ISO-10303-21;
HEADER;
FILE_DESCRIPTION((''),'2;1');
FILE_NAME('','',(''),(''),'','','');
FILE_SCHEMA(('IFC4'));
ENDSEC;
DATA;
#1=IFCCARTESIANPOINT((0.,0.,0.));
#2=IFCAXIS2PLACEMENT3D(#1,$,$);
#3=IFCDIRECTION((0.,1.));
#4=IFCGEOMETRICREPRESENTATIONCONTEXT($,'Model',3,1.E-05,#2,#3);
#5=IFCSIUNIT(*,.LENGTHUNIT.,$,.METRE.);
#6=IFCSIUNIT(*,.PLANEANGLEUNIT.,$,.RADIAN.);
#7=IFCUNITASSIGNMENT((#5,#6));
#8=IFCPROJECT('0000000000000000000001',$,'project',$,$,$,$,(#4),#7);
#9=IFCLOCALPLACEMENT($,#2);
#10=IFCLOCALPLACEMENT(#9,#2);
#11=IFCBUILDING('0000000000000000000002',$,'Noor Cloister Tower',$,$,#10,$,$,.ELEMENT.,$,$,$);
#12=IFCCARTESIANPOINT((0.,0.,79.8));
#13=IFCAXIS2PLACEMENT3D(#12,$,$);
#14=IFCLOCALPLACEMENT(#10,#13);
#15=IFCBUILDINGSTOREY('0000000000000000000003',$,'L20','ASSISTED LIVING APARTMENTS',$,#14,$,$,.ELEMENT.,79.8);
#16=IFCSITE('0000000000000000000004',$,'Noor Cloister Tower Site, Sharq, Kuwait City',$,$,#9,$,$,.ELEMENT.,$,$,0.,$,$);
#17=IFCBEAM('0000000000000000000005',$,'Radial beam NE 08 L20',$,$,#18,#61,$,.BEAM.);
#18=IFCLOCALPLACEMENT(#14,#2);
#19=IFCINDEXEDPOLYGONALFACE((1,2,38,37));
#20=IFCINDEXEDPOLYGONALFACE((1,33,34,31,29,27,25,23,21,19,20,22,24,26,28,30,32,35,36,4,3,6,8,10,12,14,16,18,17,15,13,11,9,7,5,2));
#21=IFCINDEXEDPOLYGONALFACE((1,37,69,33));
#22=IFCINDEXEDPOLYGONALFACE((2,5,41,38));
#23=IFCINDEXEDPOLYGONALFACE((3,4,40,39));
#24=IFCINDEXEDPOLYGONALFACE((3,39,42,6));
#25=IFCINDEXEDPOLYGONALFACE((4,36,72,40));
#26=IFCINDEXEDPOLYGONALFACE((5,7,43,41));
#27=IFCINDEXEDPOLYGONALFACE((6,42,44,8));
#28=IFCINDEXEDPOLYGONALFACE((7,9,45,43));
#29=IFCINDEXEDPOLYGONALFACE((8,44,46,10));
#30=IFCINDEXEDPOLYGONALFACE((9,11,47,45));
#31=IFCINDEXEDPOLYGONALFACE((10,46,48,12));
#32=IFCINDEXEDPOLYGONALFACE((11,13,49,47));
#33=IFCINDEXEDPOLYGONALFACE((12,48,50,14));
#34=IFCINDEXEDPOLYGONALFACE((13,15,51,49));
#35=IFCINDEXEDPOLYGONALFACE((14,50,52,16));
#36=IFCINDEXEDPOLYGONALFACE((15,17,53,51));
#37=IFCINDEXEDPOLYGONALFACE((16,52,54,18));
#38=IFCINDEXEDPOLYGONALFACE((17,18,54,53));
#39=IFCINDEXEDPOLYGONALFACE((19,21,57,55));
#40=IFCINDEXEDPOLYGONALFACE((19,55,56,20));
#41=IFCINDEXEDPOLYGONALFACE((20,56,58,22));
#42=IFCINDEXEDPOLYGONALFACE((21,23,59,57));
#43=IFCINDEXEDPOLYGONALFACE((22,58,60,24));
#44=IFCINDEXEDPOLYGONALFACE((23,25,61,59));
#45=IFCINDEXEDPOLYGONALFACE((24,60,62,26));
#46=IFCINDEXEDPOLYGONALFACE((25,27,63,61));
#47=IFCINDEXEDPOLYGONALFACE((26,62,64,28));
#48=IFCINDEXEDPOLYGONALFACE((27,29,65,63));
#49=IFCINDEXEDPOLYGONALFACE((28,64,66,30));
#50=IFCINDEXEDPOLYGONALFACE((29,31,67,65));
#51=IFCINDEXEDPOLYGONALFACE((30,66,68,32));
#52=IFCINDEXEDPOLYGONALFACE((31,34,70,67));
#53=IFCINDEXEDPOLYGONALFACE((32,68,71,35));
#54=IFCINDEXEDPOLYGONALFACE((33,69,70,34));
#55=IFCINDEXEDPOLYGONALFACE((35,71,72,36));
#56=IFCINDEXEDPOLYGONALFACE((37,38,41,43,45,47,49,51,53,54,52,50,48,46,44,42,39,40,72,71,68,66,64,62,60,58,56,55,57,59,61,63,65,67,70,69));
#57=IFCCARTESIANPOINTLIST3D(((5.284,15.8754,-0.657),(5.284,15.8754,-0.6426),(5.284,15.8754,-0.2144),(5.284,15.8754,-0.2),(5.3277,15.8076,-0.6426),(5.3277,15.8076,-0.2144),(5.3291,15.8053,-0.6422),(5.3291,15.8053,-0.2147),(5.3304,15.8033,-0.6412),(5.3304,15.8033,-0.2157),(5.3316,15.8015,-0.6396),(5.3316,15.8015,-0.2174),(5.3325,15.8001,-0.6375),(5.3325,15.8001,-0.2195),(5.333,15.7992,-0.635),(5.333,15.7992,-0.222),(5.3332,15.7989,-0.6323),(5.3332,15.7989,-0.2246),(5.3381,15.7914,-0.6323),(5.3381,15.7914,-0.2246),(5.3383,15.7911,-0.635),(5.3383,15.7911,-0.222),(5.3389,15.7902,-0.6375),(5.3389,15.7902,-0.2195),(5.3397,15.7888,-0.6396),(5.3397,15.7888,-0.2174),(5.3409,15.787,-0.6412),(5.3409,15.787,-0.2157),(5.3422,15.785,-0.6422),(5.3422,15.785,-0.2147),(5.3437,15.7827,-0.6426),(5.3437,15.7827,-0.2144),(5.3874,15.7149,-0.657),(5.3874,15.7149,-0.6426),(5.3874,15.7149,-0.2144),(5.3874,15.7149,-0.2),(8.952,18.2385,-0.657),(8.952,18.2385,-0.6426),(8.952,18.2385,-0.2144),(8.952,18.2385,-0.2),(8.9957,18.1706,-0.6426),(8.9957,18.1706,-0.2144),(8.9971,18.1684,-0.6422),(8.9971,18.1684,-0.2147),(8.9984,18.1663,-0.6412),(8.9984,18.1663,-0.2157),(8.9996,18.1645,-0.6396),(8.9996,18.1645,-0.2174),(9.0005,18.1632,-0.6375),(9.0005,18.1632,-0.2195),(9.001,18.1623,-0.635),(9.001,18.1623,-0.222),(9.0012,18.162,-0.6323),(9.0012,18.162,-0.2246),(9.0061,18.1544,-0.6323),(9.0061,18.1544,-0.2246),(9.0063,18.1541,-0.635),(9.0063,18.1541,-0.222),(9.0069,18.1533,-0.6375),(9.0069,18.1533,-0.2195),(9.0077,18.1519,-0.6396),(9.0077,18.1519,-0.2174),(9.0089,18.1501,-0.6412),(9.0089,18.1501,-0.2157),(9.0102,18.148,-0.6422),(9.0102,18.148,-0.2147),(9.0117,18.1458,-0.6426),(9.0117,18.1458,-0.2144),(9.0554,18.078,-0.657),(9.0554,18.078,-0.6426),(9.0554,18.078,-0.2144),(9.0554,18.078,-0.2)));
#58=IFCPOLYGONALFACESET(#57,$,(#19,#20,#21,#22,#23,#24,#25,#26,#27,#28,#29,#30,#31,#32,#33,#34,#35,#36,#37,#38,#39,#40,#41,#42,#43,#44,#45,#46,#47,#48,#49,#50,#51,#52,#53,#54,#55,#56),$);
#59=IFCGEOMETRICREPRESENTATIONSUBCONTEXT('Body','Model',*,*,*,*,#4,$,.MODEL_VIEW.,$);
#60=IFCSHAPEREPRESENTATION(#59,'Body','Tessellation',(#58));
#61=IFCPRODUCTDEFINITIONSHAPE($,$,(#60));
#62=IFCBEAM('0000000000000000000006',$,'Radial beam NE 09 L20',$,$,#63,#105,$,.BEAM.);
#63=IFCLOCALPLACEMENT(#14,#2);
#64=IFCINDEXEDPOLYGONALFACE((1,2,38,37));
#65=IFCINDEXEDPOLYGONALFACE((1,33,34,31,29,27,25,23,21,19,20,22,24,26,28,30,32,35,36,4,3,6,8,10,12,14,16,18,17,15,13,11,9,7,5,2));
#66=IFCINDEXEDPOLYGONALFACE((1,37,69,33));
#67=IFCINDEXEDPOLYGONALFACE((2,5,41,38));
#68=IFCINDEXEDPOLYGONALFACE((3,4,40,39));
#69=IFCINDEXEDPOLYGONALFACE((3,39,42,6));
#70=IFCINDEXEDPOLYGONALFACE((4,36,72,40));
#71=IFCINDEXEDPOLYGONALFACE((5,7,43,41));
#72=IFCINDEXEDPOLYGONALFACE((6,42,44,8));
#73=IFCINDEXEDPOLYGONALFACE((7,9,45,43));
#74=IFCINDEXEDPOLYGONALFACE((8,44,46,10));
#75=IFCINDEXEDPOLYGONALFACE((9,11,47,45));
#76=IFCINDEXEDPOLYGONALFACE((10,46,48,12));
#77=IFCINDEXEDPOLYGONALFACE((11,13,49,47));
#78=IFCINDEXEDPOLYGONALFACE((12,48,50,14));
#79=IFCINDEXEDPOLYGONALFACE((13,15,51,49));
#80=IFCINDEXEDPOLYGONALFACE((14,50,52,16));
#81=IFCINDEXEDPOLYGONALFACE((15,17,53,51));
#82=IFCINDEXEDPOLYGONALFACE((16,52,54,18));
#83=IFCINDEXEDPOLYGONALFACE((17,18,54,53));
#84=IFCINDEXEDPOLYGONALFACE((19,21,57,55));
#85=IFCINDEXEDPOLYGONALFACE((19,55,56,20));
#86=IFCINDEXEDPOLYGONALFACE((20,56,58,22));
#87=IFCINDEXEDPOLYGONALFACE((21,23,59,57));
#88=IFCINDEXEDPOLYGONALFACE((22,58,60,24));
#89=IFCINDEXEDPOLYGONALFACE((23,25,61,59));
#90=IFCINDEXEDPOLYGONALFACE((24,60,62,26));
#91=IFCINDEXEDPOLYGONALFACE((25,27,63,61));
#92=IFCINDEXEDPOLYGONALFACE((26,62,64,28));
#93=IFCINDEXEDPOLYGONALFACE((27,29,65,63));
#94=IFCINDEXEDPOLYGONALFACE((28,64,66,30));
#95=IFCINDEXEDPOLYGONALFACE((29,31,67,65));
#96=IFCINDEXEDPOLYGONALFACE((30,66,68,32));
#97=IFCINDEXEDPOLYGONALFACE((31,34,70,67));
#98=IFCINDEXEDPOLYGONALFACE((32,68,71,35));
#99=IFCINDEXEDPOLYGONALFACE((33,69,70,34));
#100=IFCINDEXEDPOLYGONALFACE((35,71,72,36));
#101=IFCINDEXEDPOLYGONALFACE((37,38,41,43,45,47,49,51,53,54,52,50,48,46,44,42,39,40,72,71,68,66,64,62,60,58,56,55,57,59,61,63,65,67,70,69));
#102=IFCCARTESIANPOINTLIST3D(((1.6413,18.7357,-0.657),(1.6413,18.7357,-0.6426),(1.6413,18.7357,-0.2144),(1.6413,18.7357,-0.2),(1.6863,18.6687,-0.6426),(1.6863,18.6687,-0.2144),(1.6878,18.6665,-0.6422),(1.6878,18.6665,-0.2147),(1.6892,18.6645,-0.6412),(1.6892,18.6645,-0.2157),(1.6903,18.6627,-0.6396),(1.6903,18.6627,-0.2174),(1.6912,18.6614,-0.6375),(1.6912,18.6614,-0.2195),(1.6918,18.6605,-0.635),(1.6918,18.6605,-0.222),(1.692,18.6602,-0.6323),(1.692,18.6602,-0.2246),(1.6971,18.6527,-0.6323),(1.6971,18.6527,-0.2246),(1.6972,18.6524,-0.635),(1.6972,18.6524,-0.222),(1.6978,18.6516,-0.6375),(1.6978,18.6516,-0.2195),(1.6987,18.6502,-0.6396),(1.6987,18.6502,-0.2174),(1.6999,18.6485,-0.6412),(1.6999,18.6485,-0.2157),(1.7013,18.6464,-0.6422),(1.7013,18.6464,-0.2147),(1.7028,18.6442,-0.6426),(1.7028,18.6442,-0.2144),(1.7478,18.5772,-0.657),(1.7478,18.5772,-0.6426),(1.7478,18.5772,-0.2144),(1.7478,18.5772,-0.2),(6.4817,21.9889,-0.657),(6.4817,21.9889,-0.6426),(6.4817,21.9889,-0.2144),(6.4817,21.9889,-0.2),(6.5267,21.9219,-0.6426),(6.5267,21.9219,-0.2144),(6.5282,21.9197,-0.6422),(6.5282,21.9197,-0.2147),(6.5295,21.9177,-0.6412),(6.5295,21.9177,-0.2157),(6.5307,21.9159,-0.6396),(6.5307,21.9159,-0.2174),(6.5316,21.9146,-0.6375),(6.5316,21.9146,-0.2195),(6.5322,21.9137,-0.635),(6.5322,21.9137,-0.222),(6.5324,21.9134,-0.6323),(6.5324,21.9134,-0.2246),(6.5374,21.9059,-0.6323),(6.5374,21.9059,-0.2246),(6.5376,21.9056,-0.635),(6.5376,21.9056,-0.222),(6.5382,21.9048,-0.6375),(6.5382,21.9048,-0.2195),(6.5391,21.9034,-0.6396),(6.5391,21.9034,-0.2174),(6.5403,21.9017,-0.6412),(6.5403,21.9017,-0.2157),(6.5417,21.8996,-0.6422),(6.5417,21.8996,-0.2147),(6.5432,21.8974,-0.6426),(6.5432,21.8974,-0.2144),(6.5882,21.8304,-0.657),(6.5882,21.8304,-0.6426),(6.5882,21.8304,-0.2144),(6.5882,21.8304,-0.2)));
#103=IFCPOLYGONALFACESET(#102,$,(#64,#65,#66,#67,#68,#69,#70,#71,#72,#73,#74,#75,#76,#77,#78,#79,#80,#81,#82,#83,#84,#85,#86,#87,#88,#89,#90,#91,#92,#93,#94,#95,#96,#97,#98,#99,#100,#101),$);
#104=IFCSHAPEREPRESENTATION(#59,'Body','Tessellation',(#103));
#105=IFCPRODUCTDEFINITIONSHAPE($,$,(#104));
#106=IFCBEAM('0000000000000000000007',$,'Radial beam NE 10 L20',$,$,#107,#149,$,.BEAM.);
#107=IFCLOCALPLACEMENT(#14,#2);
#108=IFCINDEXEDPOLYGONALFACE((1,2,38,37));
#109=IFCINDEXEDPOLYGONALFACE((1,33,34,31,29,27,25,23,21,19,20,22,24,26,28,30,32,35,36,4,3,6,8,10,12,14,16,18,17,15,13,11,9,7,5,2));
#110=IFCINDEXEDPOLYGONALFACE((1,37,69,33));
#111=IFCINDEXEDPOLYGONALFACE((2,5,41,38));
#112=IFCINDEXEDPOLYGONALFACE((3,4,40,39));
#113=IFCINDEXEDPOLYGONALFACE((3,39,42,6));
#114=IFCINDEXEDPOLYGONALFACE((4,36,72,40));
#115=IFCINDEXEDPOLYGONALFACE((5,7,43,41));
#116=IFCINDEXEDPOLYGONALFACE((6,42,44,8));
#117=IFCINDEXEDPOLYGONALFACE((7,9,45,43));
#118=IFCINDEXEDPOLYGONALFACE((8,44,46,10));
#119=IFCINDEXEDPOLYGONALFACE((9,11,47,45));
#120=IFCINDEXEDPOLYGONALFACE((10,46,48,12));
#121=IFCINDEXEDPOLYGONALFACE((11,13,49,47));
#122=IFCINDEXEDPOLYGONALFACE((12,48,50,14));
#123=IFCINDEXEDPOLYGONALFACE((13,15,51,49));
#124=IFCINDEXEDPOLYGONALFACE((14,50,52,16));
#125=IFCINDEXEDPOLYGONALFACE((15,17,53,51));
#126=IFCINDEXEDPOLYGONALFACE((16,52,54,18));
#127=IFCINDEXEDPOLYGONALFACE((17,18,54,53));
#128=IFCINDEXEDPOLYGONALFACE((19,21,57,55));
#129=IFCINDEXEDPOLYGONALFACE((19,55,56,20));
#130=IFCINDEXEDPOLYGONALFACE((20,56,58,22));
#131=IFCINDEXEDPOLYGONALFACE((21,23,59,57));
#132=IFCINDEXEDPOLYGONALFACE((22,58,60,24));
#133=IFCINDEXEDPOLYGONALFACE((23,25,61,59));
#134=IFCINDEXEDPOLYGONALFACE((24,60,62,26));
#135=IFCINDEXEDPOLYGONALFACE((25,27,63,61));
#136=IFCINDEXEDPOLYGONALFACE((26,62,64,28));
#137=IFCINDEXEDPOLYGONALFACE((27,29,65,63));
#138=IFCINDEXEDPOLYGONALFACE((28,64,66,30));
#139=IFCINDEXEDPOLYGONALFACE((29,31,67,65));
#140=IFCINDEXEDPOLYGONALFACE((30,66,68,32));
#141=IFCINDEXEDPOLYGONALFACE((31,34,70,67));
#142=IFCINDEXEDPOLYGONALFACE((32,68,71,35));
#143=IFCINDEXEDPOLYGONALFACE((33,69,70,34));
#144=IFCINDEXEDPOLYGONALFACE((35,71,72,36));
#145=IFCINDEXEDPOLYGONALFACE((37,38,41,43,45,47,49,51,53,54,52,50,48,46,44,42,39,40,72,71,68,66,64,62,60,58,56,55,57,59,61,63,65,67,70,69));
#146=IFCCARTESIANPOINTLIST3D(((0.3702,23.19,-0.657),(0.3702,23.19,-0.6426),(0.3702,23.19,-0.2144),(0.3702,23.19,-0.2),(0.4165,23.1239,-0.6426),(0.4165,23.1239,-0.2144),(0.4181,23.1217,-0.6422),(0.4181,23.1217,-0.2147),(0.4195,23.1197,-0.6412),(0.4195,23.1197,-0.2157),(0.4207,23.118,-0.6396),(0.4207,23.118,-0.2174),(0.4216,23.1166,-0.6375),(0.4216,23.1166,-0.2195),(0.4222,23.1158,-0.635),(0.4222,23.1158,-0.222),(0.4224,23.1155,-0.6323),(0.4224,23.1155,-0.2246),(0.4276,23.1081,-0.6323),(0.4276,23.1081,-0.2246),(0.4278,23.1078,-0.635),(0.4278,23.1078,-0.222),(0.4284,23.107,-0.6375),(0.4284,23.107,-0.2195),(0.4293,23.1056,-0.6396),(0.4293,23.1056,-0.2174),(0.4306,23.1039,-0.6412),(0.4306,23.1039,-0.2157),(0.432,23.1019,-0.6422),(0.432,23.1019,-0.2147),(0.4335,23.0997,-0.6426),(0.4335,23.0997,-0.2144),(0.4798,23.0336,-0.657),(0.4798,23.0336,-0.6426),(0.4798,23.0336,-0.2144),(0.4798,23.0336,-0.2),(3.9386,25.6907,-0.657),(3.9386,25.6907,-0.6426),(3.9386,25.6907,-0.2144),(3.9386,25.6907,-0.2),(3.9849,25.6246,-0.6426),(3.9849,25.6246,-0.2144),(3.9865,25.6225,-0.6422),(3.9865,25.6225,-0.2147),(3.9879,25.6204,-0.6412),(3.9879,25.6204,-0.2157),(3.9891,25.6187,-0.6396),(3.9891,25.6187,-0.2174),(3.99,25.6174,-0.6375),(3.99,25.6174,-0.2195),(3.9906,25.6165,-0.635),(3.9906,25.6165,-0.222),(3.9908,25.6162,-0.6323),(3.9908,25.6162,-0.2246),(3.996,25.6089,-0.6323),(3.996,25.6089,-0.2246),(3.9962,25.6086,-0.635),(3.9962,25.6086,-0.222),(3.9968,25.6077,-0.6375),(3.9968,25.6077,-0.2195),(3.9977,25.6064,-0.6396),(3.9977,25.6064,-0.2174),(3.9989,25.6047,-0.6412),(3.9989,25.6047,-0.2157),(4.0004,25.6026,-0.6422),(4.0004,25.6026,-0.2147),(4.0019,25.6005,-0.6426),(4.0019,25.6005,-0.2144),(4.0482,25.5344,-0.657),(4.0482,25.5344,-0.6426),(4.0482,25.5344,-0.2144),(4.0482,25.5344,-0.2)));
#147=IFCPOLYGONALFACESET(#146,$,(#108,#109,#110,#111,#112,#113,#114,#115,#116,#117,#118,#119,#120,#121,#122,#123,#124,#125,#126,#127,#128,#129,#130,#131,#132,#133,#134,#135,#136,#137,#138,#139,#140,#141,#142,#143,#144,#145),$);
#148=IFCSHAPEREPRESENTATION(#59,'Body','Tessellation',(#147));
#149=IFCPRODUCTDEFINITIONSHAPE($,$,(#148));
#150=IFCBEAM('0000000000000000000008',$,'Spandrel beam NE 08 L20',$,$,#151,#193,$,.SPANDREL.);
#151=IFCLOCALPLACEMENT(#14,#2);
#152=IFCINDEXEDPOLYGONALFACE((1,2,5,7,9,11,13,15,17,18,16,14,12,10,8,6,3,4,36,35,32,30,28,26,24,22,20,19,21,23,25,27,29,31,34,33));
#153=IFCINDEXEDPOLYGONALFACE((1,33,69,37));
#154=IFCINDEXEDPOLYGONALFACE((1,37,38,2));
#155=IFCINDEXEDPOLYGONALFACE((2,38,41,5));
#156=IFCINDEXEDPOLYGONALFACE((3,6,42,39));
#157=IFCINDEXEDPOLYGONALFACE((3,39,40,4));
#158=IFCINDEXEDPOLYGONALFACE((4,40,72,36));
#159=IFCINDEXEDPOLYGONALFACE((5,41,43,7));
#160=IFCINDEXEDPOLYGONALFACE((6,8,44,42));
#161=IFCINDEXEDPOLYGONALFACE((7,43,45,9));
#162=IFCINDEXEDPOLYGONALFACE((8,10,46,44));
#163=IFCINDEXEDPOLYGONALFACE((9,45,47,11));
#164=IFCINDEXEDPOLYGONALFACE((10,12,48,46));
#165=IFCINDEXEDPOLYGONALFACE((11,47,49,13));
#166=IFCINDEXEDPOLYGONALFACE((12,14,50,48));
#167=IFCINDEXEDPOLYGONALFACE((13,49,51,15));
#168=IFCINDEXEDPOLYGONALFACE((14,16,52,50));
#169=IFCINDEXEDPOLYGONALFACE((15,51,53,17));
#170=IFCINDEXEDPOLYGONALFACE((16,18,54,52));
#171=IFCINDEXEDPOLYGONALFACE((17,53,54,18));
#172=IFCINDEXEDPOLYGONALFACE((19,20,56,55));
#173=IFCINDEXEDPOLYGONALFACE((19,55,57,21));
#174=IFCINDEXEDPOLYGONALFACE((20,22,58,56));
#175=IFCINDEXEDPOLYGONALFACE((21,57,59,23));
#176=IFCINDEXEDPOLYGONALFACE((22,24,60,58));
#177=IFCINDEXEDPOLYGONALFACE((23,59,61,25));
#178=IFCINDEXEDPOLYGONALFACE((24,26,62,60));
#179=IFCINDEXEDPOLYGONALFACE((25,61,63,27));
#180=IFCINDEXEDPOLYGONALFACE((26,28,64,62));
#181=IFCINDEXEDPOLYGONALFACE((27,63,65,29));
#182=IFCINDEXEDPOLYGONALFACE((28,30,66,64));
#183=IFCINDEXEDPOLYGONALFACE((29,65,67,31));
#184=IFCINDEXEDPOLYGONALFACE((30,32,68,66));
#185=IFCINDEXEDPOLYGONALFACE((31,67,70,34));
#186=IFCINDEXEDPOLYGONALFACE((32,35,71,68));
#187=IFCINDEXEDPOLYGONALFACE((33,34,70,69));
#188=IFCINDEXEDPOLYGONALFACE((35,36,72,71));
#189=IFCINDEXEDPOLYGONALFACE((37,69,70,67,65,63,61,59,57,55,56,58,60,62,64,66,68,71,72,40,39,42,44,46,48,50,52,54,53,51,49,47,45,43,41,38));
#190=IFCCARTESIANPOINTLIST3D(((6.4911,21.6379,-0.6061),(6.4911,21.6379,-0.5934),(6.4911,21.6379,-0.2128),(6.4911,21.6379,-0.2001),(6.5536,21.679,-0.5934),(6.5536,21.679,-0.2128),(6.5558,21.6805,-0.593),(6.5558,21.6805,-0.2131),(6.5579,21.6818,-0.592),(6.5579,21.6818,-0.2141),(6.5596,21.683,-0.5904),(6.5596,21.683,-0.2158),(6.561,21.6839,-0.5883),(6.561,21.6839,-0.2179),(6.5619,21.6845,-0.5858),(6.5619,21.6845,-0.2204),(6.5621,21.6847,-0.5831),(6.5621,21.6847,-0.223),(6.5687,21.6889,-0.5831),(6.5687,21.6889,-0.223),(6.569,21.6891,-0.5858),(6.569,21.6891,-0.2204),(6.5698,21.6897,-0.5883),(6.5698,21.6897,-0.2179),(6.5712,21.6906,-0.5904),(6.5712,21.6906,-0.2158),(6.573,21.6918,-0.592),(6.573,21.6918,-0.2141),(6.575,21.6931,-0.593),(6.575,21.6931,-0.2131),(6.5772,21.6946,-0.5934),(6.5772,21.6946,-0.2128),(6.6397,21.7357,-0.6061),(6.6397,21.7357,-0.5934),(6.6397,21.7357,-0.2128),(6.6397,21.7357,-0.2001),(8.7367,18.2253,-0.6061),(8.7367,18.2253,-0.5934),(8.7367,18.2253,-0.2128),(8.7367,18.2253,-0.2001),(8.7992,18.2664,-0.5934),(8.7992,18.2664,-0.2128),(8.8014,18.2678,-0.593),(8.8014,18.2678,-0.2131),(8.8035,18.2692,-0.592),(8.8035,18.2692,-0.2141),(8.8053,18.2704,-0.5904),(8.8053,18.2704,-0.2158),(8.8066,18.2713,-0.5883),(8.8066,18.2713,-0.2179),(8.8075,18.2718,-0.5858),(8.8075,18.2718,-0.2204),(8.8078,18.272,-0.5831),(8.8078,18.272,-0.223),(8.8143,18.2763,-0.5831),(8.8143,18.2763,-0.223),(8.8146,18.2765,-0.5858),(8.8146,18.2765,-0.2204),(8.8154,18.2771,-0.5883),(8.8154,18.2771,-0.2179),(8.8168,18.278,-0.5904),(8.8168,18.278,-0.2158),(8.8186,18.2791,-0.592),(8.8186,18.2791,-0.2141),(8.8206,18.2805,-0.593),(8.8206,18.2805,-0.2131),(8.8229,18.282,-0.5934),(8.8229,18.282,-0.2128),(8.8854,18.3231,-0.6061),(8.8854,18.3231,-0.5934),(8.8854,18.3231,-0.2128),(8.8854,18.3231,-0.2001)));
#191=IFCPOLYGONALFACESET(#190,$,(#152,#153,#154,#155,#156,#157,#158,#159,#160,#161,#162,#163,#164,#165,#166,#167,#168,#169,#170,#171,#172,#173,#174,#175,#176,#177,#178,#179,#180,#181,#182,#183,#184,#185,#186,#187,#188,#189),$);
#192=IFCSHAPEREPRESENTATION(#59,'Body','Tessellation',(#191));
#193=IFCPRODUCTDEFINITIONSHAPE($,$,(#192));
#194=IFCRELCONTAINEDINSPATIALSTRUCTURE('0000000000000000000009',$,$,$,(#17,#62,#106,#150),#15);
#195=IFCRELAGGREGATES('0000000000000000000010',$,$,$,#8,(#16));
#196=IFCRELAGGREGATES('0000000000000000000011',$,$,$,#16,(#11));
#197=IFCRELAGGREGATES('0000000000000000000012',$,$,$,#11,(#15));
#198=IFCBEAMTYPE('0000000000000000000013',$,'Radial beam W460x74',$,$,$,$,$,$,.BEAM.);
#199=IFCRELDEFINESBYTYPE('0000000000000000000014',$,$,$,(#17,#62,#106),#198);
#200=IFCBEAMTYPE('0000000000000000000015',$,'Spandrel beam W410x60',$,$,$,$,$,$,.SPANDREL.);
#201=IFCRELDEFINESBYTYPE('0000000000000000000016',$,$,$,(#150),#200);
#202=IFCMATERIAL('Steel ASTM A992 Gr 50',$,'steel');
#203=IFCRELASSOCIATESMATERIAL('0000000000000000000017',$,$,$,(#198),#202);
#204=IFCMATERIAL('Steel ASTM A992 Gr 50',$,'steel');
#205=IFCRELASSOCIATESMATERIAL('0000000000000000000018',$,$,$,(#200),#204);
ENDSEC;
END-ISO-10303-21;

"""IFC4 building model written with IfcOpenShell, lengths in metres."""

from ifc_helpers import new_model, si_unit, direction, frame, origin, origin_2d, place, context, subcontext, project, spatial, i_section, extrude, material, material_profile, profile_set, type_object, element, save


model = new_model("IFC4")

# Units and contexts
model_context = context("Model", 3, precision=1e-05, world=origin(), true_north=direction((0.0, 1.0)))
body_context = subcontext(model_context, "Body", "Model", "MODEL_VIEW")
ifc_project = project(units=[si_unit("LENGTHUNIT", "METRE"), si_unit("PLANEANGLEUNIT", "RADIAN")], contexts=[model_context])

# Site, building, storey
site_placement = place(None, origin())
site = spatial("IfcSite", under=ifc_project, at=site_placement, Name="Noor Cloister Tower Site, Sharq, Kuwait City", CompositionType="ELEMENT", RefElevation=0.0)
building_placement = place(site_placement, origin())
building = spatial("IfcBuilding", under=site, at=building_placement, Name="Noor Cloister Tower", CompositionType="ELEMENT")
storey_placement = place(building_placement, frame((0.0, 0.0, 79.8)))
storey = spatial("IfcBuildingStorey", under=building, at=storey_placement, Name="L20", Description="ASSISTED LIVING APARTMENTS", CompositionType="ELEMENT", Elevation=79.8)

# Beams
ifc_material_1 = material(Name="Steel ASTM A992 Gr 50", Category="steel")
ifc_material_profile_1 = material_profile(ifc_material_1, i_section(OverallWidth=0.1909, OverallDepth=0.457, WebThickness=0.009, FlangeThickness=0.0144, FilletRadius=0.0103, at=origin_2d()), Name="W460x74")
ifc_profile_set_1 = profile_set([ifc_material_profile_1], Name="Steel ASTM A992 Gr 50")
beam_type_1 = type_object("IfcBeamType", Name="Radial beam W460x74", PredefinedType="BEAM", material=ifc_profile_set_1)
beam_1_placement = place(storey_placement, frame((9.0037, 18.1582, -0.4285), z_axis=(-0.840651, -0.541577, 0.0), x_axis=(0.541577, -0.840651, 0.0)))
element("IfcBeam", 1, at=beam_1_placement, inside=storey, type_object=beam_type_1, Name="Radial beam NE 08 L20", PredefinedType="BEAM", context=body_context, shape_type="SweptSolid", body=[
    extrude(i_section(OverallWidth=0.1909, OverallDepth=0.457, WebThickness=0.009, FlangeThickness=0.0144, FilletRadius=0.0103, at=origin_2d()), origin(), (0.0, 0.0, 1.0), 4.3633),
])
beam_2_placement = place(storey_placement, frame((6.5349, 21.9097, -0.4285), z_axis=(-0.829964, -0.557817, 0.0), x_axis=(0.557817, -0.829964, 0.0)))
element("IfcBeam", 2, at=beam_2_placement, inside=storey, type_object=beam_type_1, Name="Radial beam NE 09 L20", PredefinedType="BEAM", context=body_context, shape_type="SweptSolid", body=[
    extrude(i_section(OverallWidth=0.1909, OverallDepth=0.457, WebThickness=0.009, FlangeThickness=0.0144, FilletRadius=0.0103, at=origin_2d()), origin(), (0.0, 0.0, 1.0), 5.832),
])
beam_3_placement = place(storey_placement, frame((3.9934, 25.6125, -0.4285), z_axis=(-0.818921, -0.573906, 0.0), x_axis=(0.573906, -0.818921, 0.0)))
element("IfcBeam", 3, at=beam_3_placement, inside=storey, type_object=beam_type_1, Name="Radial beam NE 10 L20", PredefinedType="BEAM", context=body_context, shape_type="SweptSolid", body=[
    extrude(i_section(OverallWidth=0.1909, OverallDepth=0.457, WebThickness=0.009, FlangeThickness=0.0144, FilletRadius=0.0103, at=origin_2d()), origin(), (0.0, 0.0, 1.0), 4.3574),
])
ifc_material_2 = material(Name="Steel ASTM A992 Gr 50", Category="steel")
ifc_material_profile_2 = material_profile(ifc_material_2, i_section(OverallWidth=0.178, OverallDepth=0.406, WebThickness=0.0078, FlangeThickness=0.0127, FilletRadius=0.0103, at=origin_2d()), Name="W410x60")
ifc_profile_set_2 = profile_set([ifc_material_profile_2], Name="Steel ASTM A992 Gr 50")
beam_type_2 = type_object("IfcBeamType", Name="Spandrel beam W410x60", PredefinedType="SPANDREL", material=ifc_profile_set_2)
for number, where, z_axis, x_axis, name in (
    (4, (8.811, 18.2742, -0.4031), (-0.549698, 0.835364, 0.0), (-0.835364, -0.549698, 0.0), "Spandrel beam NE 08 L20"),
):
    element("IfcBeam", number, at=place(storey_placement, frame(where, z_axis=z_axis, x_axis=x_axis)), inside=storey, type_object=beam_type_2, Name=name, PredefinedType="SPANDREL", context=body_context, shape_type="SweptSolid", body=[
        extrude(i_section(OverallWidth=0.178, OverallDepth=0.406, WebThickness=0.0078, FlangeThickness=0.0127, FilletRadius=0.0103, at=origin_2d()), origin(), (0.0, 0.0, 1.0), 4.0852),
    ])

save(model, "model.ifc")
